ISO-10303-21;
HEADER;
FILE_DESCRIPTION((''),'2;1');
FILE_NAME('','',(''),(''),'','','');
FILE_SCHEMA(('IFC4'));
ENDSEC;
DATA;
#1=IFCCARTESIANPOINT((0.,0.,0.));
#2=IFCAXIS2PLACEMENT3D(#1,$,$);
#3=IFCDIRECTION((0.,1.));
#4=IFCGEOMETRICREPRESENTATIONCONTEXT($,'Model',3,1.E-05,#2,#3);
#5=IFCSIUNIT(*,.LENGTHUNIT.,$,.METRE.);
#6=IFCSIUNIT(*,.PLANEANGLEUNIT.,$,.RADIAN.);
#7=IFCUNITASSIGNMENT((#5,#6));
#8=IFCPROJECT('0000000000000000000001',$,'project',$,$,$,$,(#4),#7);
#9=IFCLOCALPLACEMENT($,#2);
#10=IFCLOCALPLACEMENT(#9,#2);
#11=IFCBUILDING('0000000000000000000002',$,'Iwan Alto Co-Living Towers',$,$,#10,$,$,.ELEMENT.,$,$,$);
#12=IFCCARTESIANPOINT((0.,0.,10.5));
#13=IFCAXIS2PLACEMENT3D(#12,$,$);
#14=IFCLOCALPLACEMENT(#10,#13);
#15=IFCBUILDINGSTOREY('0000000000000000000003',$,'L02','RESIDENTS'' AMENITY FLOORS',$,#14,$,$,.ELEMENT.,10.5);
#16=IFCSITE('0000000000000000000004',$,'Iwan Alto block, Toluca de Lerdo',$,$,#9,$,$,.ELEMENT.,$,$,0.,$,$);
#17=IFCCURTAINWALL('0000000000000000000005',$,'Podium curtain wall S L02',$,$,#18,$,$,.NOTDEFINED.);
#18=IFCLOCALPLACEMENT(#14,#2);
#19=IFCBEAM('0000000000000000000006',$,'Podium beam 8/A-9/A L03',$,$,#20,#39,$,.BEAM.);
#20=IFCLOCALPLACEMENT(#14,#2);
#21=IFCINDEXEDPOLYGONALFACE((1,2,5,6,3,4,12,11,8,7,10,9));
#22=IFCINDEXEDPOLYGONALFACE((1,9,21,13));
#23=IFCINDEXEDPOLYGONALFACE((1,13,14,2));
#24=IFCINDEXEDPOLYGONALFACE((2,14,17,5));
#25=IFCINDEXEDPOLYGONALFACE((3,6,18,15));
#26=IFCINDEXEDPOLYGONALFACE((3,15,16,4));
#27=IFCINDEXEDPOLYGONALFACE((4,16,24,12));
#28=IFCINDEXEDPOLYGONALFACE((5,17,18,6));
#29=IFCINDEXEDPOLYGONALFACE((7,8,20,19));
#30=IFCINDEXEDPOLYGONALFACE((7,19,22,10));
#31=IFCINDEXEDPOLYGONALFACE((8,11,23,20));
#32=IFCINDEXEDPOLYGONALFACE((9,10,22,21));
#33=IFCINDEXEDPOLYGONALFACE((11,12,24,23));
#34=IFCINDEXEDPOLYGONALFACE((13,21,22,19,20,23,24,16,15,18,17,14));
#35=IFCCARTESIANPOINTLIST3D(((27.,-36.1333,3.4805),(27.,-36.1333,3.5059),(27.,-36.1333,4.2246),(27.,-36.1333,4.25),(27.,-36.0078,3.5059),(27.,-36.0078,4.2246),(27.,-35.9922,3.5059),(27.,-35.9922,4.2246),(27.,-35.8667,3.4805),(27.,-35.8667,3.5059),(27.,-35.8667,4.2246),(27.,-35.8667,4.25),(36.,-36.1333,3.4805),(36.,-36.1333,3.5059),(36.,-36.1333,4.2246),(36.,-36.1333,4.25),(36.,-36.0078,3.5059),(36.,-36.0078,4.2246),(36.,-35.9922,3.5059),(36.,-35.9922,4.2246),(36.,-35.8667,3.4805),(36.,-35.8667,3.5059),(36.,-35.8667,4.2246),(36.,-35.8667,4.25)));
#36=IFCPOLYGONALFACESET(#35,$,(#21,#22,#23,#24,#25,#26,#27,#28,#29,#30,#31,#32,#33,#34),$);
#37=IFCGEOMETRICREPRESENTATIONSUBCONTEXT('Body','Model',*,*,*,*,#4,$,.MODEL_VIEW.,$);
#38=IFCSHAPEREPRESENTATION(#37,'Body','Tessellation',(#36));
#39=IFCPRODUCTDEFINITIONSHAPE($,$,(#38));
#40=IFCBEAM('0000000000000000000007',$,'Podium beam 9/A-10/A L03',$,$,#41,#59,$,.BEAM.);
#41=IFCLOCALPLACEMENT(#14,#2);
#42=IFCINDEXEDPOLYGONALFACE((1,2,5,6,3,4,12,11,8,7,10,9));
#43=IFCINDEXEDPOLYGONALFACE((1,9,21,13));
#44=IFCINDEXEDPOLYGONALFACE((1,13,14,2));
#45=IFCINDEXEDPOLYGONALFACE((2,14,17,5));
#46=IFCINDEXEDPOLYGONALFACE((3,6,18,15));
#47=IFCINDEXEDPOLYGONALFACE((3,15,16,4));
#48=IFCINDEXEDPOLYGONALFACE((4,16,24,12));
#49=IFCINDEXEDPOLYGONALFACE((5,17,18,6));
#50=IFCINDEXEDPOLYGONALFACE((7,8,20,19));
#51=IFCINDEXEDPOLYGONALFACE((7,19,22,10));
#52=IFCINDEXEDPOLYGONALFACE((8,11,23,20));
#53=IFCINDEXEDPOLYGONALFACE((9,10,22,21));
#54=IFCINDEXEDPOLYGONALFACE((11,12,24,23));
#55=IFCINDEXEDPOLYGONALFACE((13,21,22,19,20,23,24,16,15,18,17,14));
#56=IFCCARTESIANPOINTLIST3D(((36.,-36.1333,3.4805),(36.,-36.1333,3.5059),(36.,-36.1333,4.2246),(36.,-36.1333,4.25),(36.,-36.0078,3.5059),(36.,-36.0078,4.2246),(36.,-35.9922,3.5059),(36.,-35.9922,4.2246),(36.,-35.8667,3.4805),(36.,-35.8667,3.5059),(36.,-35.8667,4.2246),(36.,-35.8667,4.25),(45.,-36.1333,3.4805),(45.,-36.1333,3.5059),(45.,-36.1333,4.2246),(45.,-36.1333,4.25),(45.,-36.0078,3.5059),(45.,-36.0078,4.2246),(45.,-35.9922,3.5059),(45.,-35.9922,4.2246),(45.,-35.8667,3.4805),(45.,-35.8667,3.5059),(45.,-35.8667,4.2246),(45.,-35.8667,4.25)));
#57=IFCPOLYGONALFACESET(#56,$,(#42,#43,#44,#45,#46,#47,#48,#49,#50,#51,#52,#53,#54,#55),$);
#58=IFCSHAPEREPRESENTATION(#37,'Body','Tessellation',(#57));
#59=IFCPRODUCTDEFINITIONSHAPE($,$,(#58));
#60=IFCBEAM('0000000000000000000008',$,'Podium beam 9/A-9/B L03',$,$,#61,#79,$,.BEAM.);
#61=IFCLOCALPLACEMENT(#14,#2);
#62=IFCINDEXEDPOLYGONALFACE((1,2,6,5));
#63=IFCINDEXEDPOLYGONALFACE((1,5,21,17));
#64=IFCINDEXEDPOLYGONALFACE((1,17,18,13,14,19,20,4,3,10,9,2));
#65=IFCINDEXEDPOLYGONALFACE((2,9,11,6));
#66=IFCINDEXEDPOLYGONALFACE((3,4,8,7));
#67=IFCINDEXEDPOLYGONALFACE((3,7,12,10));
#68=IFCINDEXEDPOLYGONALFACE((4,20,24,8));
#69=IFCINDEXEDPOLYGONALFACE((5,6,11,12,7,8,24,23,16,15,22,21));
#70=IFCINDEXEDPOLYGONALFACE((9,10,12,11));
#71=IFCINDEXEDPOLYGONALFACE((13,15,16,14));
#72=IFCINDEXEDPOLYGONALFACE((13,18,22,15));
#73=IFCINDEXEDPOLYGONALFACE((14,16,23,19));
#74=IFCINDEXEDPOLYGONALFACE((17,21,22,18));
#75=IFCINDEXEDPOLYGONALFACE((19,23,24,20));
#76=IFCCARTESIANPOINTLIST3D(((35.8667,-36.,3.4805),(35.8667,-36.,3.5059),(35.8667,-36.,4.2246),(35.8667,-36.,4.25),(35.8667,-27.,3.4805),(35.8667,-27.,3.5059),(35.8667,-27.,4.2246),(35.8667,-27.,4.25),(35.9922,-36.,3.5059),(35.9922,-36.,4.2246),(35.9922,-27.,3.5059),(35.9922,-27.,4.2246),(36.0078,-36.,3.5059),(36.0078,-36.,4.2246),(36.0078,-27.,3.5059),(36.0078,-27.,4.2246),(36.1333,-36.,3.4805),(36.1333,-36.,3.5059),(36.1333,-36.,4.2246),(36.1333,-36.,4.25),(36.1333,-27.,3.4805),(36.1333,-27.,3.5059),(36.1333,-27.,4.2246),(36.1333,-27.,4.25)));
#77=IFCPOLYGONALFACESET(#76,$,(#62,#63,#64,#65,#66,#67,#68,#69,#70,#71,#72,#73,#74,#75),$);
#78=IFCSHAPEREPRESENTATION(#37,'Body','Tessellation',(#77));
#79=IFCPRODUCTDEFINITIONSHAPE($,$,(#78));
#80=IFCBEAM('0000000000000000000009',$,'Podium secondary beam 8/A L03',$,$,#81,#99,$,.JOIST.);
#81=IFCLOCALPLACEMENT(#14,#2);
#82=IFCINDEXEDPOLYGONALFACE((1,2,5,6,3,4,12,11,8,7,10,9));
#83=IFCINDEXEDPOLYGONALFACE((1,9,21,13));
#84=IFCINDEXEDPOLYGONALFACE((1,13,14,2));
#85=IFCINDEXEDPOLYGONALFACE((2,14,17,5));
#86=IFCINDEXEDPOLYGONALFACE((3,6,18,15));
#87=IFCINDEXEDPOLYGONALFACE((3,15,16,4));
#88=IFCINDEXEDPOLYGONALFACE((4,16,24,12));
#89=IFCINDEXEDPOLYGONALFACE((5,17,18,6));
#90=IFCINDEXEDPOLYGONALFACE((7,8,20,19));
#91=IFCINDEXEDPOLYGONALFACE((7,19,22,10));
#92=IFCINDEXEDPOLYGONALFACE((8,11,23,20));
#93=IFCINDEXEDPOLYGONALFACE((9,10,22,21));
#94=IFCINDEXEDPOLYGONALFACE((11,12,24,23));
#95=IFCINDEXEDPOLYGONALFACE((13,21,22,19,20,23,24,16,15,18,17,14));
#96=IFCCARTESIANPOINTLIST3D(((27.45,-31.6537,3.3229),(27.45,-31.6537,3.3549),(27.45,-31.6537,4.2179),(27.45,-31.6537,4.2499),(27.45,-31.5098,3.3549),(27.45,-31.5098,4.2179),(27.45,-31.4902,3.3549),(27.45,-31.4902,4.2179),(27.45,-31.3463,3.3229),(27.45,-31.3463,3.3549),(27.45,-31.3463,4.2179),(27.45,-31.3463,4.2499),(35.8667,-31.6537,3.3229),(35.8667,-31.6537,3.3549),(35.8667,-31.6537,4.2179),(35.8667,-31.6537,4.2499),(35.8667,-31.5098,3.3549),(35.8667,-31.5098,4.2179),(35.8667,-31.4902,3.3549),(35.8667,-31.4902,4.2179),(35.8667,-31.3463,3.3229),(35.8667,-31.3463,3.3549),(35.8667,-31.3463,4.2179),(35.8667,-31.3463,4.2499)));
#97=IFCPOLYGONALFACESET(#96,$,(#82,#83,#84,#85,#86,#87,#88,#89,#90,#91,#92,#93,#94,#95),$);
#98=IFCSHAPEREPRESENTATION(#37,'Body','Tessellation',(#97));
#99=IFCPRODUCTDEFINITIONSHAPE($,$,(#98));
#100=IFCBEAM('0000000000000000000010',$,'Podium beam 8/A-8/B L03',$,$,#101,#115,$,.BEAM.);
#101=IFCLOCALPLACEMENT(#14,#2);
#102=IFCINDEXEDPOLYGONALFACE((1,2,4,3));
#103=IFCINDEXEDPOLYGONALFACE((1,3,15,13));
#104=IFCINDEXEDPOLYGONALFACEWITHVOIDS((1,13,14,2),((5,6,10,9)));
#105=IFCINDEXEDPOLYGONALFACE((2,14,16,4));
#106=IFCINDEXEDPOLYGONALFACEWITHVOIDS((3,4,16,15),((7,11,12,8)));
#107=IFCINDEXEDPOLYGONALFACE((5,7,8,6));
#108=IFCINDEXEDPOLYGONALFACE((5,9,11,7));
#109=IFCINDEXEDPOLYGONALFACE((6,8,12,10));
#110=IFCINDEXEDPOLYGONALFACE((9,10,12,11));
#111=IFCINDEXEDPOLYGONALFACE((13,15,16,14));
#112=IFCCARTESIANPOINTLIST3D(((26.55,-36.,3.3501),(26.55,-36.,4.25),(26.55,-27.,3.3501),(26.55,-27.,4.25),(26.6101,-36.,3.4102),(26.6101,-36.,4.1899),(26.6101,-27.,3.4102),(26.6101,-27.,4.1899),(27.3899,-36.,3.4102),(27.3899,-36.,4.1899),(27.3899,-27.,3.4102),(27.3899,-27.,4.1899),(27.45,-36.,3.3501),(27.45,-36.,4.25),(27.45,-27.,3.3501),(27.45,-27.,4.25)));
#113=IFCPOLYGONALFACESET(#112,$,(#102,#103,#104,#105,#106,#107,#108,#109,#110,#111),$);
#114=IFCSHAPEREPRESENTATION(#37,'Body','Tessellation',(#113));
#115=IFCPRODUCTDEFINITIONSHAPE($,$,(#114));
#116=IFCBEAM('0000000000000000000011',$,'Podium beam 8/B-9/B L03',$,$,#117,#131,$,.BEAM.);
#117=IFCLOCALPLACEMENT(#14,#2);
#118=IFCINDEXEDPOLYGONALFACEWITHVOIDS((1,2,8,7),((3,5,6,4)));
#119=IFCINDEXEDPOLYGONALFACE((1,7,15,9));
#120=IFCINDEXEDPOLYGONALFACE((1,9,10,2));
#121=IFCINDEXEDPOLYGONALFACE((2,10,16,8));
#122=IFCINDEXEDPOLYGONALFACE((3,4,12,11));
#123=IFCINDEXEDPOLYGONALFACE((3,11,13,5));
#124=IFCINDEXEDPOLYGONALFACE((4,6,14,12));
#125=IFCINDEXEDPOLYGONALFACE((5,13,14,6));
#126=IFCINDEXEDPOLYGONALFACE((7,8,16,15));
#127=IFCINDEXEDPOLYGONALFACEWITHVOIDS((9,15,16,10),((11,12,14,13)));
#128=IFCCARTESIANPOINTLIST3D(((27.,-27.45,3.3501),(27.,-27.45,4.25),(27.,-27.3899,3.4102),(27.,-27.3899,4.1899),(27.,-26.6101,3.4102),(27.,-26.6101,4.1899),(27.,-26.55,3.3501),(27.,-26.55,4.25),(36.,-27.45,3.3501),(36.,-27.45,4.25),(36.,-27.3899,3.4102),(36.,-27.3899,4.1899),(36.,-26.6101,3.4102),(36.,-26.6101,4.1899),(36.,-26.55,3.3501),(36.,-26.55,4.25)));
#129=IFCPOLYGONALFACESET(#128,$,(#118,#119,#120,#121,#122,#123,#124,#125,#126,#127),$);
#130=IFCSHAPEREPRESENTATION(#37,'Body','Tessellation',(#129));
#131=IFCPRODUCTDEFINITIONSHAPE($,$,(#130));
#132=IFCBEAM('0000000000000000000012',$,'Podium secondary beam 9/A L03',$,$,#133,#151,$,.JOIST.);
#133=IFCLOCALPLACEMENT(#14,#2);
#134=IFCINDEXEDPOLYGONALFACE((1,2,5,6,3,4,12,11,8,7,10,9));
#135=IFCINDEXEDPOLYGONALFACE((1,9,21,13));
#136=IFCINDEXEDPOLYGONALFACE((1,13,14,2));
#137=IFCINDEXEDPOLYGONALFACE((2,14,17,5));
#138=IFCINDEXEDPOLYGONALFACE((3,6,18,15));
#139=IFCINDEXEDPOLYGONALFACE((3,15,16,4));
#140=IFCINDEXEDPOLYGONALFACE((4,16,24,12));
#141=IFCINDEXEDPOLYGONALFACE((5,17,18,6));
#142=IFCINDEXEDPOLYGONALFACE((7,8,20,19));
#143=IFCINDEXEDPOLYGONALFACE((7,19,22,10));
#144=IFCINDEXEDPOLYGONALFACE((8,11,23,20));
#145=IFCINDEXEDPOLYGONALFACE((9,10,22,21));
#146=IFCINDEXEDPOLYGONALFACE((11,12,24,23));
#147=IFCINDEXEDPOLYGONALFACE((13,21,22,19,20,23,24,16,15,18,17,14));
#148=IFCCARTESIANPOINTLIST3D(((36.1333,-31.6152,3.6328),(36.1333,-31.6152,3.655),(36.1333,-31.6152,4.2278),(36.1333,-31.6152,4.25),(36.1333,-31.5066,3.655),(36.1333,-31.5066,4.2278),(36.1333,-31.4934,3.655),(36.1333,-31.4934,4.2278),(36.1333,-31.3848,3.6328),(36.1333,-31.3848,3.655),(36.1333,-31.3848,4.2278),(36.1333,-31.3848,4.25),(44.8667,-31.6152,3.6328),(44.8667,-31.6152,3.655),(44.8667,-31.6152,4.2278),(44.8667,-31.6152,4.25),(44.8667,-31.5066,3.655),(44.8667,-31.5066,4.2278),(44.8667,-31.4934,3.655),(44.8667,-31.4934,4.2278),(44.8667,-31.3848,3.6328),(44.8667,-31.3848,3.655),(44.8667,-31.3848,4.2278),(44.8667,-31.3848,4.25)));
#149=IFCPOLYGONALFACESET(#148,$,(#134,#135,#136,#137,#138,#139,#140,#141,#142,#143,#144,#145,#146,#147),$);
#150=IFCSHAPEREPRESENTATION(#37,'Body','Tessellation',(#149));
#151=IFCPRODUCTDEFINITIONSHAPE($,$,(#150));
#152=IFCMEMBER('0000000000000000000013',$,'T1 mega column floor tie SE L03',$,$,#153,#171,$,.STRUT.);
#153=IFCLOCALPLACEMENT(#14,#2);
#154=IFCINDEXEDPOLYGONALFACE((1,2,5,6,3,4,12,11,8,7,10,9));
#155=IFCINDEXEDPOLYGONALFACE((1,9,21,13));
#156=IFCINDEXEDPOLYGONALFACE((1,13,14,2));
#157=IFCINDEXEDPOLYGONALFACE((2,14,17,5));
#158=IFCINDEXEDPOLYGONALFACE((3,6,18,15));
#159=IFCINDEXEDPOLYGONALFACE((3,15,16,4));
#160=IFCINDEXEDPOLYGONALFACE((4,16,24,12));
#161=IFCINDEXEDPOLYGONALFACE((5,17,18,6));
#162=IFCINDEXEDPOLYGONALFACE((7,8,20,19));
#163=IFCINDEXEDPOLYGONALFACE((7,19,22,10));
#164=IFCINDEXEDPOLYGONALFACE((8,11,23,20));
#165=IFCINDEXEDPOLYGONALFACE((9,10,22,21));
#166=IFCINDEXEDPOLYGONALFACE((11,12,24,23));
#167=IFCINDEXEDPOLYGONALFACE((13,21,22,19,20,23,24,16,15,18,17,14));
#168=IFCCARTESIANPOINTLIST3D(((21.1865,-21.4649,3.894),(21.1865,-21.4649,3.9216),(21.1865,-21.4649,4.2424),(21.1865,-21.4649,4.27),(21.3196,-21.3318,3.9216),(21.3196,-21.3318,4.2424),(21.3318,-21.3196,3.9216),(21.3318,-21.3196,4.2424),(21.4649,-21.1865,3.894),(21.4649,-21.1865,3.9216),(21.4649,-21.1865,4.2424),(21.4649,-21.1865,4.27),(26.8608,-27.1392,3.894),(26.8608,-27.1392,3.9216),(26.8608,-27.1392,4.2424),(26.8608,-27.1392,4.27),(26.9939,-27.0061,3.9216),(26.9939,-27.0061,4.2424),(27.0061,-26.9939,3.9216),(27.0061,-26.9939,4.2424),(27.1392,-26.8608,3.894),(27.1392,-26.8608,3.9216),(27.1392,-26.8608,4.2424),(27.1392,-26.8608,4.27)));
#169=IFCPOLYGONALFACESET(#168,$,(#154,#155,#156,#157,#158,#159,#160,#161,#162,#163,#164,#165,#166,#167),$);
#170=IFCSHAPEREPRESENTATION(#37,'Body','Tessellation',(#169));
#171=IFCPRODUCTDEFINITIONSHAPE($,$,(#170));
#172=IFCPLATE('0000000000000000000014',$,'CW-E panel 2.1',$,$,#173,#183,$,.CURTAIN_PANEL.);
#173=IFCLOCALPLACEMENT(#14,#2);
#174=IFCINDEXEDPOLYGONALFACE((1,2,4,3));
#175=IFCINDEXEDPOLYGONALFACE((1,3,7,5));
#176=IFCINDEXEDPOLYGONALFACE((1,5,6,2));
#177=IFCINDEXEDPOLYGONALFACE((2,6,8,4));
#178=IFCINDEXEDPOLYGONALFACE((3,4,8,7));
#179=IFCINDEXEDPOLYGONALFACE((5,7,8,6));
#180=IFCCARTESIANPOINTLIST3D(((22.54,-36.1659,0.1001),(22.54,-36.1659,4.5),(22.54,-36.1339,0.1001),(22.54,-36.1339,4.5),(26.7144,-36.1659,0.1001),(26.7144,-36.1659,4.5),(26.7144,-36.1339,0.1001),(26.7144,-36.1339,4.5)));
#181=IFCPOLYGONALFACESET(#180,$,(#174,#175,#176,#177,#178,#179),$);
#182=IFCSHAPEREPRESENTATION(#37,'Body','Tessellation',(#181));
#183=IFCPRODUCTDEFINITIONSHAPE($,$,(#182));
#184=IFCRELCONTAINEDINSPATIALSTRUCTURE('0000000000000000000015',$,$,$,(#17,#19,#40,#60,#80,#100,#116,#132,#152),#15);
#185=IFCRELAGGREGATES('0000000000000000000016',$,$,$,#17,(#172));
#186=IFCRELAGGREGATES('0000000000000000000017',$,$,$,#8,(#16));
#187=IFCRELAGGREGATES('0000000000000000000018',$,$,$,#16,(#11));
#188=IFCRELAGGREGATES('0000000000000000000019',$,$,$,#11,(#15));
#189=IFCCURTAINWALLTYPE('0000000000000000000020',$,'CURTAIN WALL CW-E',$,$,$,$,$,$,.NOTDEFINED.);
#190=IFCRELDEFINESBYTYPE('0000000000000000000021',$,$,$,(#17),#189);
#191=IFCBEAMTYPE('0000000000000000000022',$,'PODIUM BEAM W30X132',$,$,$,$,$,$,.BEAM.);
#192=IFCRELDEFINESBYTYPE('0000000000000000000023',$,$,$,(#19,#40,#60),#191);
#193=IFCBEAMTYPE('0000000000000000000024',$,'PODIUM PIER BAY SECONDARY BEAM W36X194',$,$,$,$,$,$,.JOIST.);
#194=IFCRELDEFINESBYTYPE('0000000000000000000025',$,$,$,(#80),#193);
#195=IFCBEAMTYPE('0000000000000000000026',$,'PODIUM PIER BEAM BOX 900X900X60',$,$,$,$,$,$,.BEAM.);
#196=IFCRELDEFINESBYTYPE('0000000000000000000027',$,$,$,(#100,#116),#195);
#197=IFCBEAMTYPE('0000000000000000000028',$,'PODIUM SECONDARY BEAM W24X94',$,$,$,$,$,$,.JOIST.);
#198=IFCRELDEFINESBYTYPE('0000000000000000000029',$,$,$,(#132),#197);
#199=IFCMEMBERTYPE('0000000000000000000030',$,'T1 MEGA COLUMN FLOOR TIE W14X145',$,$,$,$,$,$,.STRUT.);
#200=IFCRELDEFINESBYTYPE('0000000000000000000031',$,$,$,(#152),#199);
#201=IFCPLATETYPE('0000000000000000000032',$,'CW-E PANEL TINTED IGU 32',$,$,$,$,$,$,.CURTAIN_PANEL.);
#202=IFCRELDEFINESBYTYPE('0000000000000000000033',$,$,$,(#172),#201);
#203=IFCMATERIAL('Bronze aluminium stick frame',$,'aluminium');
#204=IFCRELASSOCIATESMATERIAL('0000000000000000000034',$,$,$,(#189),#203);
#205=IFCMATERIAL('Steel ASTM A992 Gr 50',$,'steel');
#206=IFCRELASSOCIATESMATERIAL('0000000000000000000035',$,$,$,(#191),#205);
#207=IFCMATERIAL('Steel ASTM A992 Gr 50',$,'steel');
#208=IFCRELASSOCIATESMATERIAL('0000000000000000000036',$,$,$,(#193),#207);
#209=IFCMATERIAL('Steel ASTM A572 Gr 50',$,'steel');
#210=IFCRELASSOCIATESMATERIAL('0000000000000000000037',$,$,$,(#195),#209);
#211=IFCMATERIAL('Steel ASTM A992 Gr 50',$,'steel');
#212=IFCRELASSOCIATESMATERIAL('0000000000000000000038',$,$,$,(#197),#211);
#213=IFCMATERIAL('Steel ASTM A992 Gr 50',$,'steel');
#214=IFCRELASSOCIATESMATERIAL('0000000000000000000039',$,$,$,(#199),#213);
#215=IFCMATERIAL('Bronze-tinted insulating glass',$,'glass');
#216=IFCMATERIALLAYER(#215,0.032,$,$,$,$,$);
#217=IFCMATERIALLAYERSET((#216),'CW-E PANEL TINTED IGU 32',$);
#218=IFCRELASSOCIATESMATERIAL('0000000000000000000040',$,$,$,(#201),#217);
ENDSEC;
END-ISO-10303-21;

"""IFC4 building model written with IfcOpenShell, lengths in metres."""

from ifc_helpers import new_model, si_unit, direction, frame, origin, origin_2d, place, context, subcontext, project, spatial, rectangle, hollow_rectangle, i_section, extrude, material, layer, layer_set, material_profile, profile_set, type_object, element, aggregate, save


model = new_model("IFC4")

# Units and contexts
model_context = context("Model", 3, precision=1e-05, world=origin(), true_north=direction((0.0, 1.0)))
body_context = subcontext(model_context, "Body", "Model", "MODEL_VIEW")
ifc_project = project(units=[si_unit("LENGTHUNIT", "METRE"), si_unit("PLANEANGLEUNIT", "RADIAN")], contexts=[model_context])

# Site, building, storey
site_placement = place(None, origin())
site = spatial("IfcSite", under=ifc_project, at=site_placement, Name="Iwan Alto block, Toluca de Lerdo", CompositionType="ELEMENT", RefElevation=0.0)
building_placement = place(site_placement, origin())
building = spatial("IfcBuilding", under=site, at=building_placement, Name="Iwan Alto Co-Living Towers", CompositionType="ELEMENT")
storey_placement = place(building_placement, frame((0.0, 0.0, 10.5)))
storey = spatial("IfcBuildingStorey", under=building, at=storey_placement, Name="L02", Description="RESIDENTS' AMENITY FLOORS", CompositionType="ELEMENT", Elevation=10.5)

# Curtain wall
ifc_material_1 = material(Name="Bronze aluminium stick frame", Category="aluminium")
curtain_wall_type = type_object("IfcCurtainWallType", Name="CURTAIN WALL CW-E", PredefinedType="NOTDEFINED", material=ifc_material_1)
curtain_wall_1_placement = place(storey_placement, origin())
curtain_wall_1 = element("IfcCurtainWall", 1, at=curtain_wall_1_placement, inside=storey, type_object=curtain_wall_type, Name="Podium curtain wall S L02", PredefinedType="NOTDEFINED")

# Beams
ifc_material_2 = material(Name="Steel ASTM A992 Gr 50", Category="steel")
ifc_material_profile_1 = material_profile(ifc_material_2, i_section(OverallWidth=0.2666, OverallDepth=0.7695, WebThickness=0.0156, FlangeThickness=0.0254, at=origin_2d()), Name="W30X132")
ifc_profile_set_1 = profile_set([ifc_material_profile_1], Name="Steel ASTM A992 Gr 50")
beam_type_1 = type_object("IfcBeamType", Name="PODIUM BEAM W30X132", PredefinedType="BEAM", material=ifc_profile_set_1)
for number, where, z_axis, x_axis, name in (
    (2, (27.0, -36.0, 3.8652), (1.0, 0.0, 0.0), (0.0, 1.0, 0.0), "Podium beam 8/A-9/A L03"),
    (3, (36.0, -36.0, 3.8652), (1.0, 0.0, 0.0), (0.0, 1.0, 0.0), "Podium beam 9/A-10/A L03"),
    (4, (36.0, -36.0, 3.8652), (0.0, 1.0, 0.0), (-1.0, 0.0, 0.0), "Podium beam 9/A-9/B L03"),
):
    element("IfcBeam", number, at=place(storey_placement, frame(where, z_axis=z_axis, x_axis=x_axis)), inside=storey, type_object=beam_type_1, Name=name, PredefinedType="BEAM", context=body_context, shape_type="SweptSolid", body=[
        extrude(i_section(OverallWidth=0.2666, OverallDepth=0.7695, WebThickness=0.0156, FlangeThickness=0.0254, at=origin_2d()), origin(), (0.0, 0.0, 1.0), 9.0),
    ])
ifc_material_3 = material(Name="Steel ASTM A992 Gr 50", Category="steel")
ifc_material_profile_2 = material_profile(ifc_material_3, i_section(OverallWidth=0.3074, OverallDepth=0.927, WebThickness=0.0195, FlangeThickness=0.032, at=origin_2d()), Name="W36X194")
ifc_profile_set_2 = profile_set([ifc_material_profile_2], Name="Steel ASTM A992 Gr 50")
beam_type_2 = type_object("IfcBeamType", Name="PODIUM PIER BAY SECONDARY BEAM W36X194", PredefinedType="JOIST", material=ifc_profile_set_2)
beam_1_placement = place(storey_placement, frame((27.45, -31.5, 3.7864), z_axis=(1.0, 0.0, 0.0), x_axis=(0.0, 1.0, 0.0)))
element("IfcBeam", 5, at=beam_1_placement, inside=storey, type_object=beam_type_2, Name="Podium secondary beam 8/A L03", PredefinedType="JOIST", context=body_context, shape_type="SweptSolid", body=[
    extrude(i_section(OverallWidth=0.3074, OverallDepth=0.927, WebThickness=0.0195, FlangeThickness=0.032, at=origin_2d()), origin(), (0.0, 0.0, 1.0), 8.4167),
])
ifc_material_4 = material(Name="Steel ASTM A572 Gr 50", Category="steel")
ifc_material_profile_3 = material_profile(ifc_material_4, hollow_rectangle(XDim=0.8999, YDim=0.8999, WallThickness=0.0601, at=origin_2d()), Name="BOX 900X900X60")
ifc_profile_set_3 = profile_set([ifc_material_profile_3], Name="Steel ASTM A572 Gr 50")
beam_type_3 = type_object("IfcBeamType", Name="PODIUM PIER BEAM BOX 900X900X60", PredefinedType="BEAM", material=ifc_profile_set_3)
for number, where, z_axis, x_axis, name in (
    (6, (27.0, -36.0, 3.8), (0.0, 1.0, 0.0), (-1.0, 0.0, 0.0), "Podium beam 8/A-8/B L03"),
    (7, (27.0, -27.0, 3.8), (1.0, 0.0, 0.0), (0.0, 1.0, 0.0), "Podium beam 8/B-9/B L03"),
):
    element("IfcBeam", number, at=place(storey_placement, frame(where, z_axis=z_axis, x_axis=x_axis)), inside=storey, type_object=beam_type_3, Name=name, PredefinedType="BEAM", context=body_context, shape_type="SweptSolid", body=[
        extrude(hollow_rectangle(XDim=0.8999, YDim=0.8999, WallThickness=0.0601, at=origin_2d()), origin(), (0.0, 0.0, 1.0), 9.0),
    ])
ifc_material_5 = material(Name="Steel ASTM A992 Gr 50", Category="steel")
ifc_material_profile_4 = material_profile(ifc_material_5, i_section(OverallWidth=0.2305, OverallDepth=0.6172, WebThickness=0.0132, FlangeThickness=0.0222, at=origin_2d()), Name="W24X94")
ifc_profile_set_4 = profile_set([ifc_material_profile_4], Name="Steel ASTM A992 Gr 50")
beam_type_4 = type_object("IfcBeamType", Name="PODIUM SECONDARY BEAM W24X94", PredefinedType="JOIST", material=ifc_profile_set_4)
beam_2_placement = place(storey_placement, frame((36.1333, -31.5, 3.9414), z_axis=(1.0, 0.0, 0.0), x_axis=(0.0, 1.0, 0.0)))
element("IfcBeam", 8, at=beam_2_placement, inside=storey, type_object=beam_type_4, Name="Podium secondary beam 9/A L03", PredefinedType="JOIST", context=body_context, shape_type="SweptSolid", body=[
    extrude(i_section(OverallWidth=0.2305, OverallDepth=0.6172, WebThickness=0.0132, FlangeThickness=0.0222, at=origin_2d()), origin(), (0.0, 0.0, 1.0), 8.7334),
])

# Member
ifc_material_6 = material(Name="Steel ASTM A992 Gr 50", Category="steel")
ifc_material_profile_5 = material_profile(ifc_material_6, i_section(OverallWidth=0.3938, OverallDepth=0.376, WebThickness=0.0173, FlangeThickness=0.0276, at=origin_2d()), Name="W14X145")
ifc_profile_set_5 = profile_set([ifc_material_profile_5], Name="Steel ASTM A992 Gr 50")
member_type_1 = type_object("IfcMemberType", Name="T1 MEGA COLUMN FLOOR TIE W14X145", PredefinedType="STRUT", material=ifc_profile_set_5)
member_1_placement = place(storey_placement, frame((27.0, -27.0, 4.082), z_axis=(-0.707107, 0.707107, 0.0), x_axis=(-0.707107, -0.707107, 0.0)))
element("IfcMember", 9, at=member_1_placement, inside=storey, type_object=member_type_1, Name="T1 mega column floor tie SE L03", PredefinedType="STRUT", context=body_context, shape_type="SweptSolid", body=[
    extrude(i_section(OverallWidth=0.3938, OverallDepth=0.376, WebThickness=0.0173, FlangeThickness=0.0276, at=origin_2d()), origin(), (0.0, 0.0, 1.0), 8.0247),
])

# Plate
ifc_material_7 = material(Name="Bronze-tinted insulating glass", Category="glass")
ifc_layer_1 = layer(ifc_material_7, 0.032)
ifc_layer_set_1 = layer_set([ifc_layer_1], Name="CW-E PANEL TINTED IGU 32")
plate_type = type_object("IfcPlateType", Name="CW-E PANEL TINTED IGU 32", PredefinedType="CURTAIN_PANEL", material=ifc_layer_set_1)
plate_1_placement = place(storey_placement, frame((24.6272, -36.1499, 0.1001), z_axis=(0.0, 0.0, 1.0), x_axis=(1.0, 0.0, 0.0)))
plate_1 = element("IfcPlate", 10, at=plate_1_placement, type_object=plate_type, Name="CW-E panel 2.1", PredefinedType="CURTAIN_PANEL", context=body_context, shape_type="SweptSolid", body=[
    extrude(rectangle(XDim=4.1743, YDim=0.032, at=origin_2d()), origin(), (0.0, 0.0, 1.0), 4.3999),
])
aggregate(curtain_wall_1, [plate_1])

save(model, "model.ifc")
